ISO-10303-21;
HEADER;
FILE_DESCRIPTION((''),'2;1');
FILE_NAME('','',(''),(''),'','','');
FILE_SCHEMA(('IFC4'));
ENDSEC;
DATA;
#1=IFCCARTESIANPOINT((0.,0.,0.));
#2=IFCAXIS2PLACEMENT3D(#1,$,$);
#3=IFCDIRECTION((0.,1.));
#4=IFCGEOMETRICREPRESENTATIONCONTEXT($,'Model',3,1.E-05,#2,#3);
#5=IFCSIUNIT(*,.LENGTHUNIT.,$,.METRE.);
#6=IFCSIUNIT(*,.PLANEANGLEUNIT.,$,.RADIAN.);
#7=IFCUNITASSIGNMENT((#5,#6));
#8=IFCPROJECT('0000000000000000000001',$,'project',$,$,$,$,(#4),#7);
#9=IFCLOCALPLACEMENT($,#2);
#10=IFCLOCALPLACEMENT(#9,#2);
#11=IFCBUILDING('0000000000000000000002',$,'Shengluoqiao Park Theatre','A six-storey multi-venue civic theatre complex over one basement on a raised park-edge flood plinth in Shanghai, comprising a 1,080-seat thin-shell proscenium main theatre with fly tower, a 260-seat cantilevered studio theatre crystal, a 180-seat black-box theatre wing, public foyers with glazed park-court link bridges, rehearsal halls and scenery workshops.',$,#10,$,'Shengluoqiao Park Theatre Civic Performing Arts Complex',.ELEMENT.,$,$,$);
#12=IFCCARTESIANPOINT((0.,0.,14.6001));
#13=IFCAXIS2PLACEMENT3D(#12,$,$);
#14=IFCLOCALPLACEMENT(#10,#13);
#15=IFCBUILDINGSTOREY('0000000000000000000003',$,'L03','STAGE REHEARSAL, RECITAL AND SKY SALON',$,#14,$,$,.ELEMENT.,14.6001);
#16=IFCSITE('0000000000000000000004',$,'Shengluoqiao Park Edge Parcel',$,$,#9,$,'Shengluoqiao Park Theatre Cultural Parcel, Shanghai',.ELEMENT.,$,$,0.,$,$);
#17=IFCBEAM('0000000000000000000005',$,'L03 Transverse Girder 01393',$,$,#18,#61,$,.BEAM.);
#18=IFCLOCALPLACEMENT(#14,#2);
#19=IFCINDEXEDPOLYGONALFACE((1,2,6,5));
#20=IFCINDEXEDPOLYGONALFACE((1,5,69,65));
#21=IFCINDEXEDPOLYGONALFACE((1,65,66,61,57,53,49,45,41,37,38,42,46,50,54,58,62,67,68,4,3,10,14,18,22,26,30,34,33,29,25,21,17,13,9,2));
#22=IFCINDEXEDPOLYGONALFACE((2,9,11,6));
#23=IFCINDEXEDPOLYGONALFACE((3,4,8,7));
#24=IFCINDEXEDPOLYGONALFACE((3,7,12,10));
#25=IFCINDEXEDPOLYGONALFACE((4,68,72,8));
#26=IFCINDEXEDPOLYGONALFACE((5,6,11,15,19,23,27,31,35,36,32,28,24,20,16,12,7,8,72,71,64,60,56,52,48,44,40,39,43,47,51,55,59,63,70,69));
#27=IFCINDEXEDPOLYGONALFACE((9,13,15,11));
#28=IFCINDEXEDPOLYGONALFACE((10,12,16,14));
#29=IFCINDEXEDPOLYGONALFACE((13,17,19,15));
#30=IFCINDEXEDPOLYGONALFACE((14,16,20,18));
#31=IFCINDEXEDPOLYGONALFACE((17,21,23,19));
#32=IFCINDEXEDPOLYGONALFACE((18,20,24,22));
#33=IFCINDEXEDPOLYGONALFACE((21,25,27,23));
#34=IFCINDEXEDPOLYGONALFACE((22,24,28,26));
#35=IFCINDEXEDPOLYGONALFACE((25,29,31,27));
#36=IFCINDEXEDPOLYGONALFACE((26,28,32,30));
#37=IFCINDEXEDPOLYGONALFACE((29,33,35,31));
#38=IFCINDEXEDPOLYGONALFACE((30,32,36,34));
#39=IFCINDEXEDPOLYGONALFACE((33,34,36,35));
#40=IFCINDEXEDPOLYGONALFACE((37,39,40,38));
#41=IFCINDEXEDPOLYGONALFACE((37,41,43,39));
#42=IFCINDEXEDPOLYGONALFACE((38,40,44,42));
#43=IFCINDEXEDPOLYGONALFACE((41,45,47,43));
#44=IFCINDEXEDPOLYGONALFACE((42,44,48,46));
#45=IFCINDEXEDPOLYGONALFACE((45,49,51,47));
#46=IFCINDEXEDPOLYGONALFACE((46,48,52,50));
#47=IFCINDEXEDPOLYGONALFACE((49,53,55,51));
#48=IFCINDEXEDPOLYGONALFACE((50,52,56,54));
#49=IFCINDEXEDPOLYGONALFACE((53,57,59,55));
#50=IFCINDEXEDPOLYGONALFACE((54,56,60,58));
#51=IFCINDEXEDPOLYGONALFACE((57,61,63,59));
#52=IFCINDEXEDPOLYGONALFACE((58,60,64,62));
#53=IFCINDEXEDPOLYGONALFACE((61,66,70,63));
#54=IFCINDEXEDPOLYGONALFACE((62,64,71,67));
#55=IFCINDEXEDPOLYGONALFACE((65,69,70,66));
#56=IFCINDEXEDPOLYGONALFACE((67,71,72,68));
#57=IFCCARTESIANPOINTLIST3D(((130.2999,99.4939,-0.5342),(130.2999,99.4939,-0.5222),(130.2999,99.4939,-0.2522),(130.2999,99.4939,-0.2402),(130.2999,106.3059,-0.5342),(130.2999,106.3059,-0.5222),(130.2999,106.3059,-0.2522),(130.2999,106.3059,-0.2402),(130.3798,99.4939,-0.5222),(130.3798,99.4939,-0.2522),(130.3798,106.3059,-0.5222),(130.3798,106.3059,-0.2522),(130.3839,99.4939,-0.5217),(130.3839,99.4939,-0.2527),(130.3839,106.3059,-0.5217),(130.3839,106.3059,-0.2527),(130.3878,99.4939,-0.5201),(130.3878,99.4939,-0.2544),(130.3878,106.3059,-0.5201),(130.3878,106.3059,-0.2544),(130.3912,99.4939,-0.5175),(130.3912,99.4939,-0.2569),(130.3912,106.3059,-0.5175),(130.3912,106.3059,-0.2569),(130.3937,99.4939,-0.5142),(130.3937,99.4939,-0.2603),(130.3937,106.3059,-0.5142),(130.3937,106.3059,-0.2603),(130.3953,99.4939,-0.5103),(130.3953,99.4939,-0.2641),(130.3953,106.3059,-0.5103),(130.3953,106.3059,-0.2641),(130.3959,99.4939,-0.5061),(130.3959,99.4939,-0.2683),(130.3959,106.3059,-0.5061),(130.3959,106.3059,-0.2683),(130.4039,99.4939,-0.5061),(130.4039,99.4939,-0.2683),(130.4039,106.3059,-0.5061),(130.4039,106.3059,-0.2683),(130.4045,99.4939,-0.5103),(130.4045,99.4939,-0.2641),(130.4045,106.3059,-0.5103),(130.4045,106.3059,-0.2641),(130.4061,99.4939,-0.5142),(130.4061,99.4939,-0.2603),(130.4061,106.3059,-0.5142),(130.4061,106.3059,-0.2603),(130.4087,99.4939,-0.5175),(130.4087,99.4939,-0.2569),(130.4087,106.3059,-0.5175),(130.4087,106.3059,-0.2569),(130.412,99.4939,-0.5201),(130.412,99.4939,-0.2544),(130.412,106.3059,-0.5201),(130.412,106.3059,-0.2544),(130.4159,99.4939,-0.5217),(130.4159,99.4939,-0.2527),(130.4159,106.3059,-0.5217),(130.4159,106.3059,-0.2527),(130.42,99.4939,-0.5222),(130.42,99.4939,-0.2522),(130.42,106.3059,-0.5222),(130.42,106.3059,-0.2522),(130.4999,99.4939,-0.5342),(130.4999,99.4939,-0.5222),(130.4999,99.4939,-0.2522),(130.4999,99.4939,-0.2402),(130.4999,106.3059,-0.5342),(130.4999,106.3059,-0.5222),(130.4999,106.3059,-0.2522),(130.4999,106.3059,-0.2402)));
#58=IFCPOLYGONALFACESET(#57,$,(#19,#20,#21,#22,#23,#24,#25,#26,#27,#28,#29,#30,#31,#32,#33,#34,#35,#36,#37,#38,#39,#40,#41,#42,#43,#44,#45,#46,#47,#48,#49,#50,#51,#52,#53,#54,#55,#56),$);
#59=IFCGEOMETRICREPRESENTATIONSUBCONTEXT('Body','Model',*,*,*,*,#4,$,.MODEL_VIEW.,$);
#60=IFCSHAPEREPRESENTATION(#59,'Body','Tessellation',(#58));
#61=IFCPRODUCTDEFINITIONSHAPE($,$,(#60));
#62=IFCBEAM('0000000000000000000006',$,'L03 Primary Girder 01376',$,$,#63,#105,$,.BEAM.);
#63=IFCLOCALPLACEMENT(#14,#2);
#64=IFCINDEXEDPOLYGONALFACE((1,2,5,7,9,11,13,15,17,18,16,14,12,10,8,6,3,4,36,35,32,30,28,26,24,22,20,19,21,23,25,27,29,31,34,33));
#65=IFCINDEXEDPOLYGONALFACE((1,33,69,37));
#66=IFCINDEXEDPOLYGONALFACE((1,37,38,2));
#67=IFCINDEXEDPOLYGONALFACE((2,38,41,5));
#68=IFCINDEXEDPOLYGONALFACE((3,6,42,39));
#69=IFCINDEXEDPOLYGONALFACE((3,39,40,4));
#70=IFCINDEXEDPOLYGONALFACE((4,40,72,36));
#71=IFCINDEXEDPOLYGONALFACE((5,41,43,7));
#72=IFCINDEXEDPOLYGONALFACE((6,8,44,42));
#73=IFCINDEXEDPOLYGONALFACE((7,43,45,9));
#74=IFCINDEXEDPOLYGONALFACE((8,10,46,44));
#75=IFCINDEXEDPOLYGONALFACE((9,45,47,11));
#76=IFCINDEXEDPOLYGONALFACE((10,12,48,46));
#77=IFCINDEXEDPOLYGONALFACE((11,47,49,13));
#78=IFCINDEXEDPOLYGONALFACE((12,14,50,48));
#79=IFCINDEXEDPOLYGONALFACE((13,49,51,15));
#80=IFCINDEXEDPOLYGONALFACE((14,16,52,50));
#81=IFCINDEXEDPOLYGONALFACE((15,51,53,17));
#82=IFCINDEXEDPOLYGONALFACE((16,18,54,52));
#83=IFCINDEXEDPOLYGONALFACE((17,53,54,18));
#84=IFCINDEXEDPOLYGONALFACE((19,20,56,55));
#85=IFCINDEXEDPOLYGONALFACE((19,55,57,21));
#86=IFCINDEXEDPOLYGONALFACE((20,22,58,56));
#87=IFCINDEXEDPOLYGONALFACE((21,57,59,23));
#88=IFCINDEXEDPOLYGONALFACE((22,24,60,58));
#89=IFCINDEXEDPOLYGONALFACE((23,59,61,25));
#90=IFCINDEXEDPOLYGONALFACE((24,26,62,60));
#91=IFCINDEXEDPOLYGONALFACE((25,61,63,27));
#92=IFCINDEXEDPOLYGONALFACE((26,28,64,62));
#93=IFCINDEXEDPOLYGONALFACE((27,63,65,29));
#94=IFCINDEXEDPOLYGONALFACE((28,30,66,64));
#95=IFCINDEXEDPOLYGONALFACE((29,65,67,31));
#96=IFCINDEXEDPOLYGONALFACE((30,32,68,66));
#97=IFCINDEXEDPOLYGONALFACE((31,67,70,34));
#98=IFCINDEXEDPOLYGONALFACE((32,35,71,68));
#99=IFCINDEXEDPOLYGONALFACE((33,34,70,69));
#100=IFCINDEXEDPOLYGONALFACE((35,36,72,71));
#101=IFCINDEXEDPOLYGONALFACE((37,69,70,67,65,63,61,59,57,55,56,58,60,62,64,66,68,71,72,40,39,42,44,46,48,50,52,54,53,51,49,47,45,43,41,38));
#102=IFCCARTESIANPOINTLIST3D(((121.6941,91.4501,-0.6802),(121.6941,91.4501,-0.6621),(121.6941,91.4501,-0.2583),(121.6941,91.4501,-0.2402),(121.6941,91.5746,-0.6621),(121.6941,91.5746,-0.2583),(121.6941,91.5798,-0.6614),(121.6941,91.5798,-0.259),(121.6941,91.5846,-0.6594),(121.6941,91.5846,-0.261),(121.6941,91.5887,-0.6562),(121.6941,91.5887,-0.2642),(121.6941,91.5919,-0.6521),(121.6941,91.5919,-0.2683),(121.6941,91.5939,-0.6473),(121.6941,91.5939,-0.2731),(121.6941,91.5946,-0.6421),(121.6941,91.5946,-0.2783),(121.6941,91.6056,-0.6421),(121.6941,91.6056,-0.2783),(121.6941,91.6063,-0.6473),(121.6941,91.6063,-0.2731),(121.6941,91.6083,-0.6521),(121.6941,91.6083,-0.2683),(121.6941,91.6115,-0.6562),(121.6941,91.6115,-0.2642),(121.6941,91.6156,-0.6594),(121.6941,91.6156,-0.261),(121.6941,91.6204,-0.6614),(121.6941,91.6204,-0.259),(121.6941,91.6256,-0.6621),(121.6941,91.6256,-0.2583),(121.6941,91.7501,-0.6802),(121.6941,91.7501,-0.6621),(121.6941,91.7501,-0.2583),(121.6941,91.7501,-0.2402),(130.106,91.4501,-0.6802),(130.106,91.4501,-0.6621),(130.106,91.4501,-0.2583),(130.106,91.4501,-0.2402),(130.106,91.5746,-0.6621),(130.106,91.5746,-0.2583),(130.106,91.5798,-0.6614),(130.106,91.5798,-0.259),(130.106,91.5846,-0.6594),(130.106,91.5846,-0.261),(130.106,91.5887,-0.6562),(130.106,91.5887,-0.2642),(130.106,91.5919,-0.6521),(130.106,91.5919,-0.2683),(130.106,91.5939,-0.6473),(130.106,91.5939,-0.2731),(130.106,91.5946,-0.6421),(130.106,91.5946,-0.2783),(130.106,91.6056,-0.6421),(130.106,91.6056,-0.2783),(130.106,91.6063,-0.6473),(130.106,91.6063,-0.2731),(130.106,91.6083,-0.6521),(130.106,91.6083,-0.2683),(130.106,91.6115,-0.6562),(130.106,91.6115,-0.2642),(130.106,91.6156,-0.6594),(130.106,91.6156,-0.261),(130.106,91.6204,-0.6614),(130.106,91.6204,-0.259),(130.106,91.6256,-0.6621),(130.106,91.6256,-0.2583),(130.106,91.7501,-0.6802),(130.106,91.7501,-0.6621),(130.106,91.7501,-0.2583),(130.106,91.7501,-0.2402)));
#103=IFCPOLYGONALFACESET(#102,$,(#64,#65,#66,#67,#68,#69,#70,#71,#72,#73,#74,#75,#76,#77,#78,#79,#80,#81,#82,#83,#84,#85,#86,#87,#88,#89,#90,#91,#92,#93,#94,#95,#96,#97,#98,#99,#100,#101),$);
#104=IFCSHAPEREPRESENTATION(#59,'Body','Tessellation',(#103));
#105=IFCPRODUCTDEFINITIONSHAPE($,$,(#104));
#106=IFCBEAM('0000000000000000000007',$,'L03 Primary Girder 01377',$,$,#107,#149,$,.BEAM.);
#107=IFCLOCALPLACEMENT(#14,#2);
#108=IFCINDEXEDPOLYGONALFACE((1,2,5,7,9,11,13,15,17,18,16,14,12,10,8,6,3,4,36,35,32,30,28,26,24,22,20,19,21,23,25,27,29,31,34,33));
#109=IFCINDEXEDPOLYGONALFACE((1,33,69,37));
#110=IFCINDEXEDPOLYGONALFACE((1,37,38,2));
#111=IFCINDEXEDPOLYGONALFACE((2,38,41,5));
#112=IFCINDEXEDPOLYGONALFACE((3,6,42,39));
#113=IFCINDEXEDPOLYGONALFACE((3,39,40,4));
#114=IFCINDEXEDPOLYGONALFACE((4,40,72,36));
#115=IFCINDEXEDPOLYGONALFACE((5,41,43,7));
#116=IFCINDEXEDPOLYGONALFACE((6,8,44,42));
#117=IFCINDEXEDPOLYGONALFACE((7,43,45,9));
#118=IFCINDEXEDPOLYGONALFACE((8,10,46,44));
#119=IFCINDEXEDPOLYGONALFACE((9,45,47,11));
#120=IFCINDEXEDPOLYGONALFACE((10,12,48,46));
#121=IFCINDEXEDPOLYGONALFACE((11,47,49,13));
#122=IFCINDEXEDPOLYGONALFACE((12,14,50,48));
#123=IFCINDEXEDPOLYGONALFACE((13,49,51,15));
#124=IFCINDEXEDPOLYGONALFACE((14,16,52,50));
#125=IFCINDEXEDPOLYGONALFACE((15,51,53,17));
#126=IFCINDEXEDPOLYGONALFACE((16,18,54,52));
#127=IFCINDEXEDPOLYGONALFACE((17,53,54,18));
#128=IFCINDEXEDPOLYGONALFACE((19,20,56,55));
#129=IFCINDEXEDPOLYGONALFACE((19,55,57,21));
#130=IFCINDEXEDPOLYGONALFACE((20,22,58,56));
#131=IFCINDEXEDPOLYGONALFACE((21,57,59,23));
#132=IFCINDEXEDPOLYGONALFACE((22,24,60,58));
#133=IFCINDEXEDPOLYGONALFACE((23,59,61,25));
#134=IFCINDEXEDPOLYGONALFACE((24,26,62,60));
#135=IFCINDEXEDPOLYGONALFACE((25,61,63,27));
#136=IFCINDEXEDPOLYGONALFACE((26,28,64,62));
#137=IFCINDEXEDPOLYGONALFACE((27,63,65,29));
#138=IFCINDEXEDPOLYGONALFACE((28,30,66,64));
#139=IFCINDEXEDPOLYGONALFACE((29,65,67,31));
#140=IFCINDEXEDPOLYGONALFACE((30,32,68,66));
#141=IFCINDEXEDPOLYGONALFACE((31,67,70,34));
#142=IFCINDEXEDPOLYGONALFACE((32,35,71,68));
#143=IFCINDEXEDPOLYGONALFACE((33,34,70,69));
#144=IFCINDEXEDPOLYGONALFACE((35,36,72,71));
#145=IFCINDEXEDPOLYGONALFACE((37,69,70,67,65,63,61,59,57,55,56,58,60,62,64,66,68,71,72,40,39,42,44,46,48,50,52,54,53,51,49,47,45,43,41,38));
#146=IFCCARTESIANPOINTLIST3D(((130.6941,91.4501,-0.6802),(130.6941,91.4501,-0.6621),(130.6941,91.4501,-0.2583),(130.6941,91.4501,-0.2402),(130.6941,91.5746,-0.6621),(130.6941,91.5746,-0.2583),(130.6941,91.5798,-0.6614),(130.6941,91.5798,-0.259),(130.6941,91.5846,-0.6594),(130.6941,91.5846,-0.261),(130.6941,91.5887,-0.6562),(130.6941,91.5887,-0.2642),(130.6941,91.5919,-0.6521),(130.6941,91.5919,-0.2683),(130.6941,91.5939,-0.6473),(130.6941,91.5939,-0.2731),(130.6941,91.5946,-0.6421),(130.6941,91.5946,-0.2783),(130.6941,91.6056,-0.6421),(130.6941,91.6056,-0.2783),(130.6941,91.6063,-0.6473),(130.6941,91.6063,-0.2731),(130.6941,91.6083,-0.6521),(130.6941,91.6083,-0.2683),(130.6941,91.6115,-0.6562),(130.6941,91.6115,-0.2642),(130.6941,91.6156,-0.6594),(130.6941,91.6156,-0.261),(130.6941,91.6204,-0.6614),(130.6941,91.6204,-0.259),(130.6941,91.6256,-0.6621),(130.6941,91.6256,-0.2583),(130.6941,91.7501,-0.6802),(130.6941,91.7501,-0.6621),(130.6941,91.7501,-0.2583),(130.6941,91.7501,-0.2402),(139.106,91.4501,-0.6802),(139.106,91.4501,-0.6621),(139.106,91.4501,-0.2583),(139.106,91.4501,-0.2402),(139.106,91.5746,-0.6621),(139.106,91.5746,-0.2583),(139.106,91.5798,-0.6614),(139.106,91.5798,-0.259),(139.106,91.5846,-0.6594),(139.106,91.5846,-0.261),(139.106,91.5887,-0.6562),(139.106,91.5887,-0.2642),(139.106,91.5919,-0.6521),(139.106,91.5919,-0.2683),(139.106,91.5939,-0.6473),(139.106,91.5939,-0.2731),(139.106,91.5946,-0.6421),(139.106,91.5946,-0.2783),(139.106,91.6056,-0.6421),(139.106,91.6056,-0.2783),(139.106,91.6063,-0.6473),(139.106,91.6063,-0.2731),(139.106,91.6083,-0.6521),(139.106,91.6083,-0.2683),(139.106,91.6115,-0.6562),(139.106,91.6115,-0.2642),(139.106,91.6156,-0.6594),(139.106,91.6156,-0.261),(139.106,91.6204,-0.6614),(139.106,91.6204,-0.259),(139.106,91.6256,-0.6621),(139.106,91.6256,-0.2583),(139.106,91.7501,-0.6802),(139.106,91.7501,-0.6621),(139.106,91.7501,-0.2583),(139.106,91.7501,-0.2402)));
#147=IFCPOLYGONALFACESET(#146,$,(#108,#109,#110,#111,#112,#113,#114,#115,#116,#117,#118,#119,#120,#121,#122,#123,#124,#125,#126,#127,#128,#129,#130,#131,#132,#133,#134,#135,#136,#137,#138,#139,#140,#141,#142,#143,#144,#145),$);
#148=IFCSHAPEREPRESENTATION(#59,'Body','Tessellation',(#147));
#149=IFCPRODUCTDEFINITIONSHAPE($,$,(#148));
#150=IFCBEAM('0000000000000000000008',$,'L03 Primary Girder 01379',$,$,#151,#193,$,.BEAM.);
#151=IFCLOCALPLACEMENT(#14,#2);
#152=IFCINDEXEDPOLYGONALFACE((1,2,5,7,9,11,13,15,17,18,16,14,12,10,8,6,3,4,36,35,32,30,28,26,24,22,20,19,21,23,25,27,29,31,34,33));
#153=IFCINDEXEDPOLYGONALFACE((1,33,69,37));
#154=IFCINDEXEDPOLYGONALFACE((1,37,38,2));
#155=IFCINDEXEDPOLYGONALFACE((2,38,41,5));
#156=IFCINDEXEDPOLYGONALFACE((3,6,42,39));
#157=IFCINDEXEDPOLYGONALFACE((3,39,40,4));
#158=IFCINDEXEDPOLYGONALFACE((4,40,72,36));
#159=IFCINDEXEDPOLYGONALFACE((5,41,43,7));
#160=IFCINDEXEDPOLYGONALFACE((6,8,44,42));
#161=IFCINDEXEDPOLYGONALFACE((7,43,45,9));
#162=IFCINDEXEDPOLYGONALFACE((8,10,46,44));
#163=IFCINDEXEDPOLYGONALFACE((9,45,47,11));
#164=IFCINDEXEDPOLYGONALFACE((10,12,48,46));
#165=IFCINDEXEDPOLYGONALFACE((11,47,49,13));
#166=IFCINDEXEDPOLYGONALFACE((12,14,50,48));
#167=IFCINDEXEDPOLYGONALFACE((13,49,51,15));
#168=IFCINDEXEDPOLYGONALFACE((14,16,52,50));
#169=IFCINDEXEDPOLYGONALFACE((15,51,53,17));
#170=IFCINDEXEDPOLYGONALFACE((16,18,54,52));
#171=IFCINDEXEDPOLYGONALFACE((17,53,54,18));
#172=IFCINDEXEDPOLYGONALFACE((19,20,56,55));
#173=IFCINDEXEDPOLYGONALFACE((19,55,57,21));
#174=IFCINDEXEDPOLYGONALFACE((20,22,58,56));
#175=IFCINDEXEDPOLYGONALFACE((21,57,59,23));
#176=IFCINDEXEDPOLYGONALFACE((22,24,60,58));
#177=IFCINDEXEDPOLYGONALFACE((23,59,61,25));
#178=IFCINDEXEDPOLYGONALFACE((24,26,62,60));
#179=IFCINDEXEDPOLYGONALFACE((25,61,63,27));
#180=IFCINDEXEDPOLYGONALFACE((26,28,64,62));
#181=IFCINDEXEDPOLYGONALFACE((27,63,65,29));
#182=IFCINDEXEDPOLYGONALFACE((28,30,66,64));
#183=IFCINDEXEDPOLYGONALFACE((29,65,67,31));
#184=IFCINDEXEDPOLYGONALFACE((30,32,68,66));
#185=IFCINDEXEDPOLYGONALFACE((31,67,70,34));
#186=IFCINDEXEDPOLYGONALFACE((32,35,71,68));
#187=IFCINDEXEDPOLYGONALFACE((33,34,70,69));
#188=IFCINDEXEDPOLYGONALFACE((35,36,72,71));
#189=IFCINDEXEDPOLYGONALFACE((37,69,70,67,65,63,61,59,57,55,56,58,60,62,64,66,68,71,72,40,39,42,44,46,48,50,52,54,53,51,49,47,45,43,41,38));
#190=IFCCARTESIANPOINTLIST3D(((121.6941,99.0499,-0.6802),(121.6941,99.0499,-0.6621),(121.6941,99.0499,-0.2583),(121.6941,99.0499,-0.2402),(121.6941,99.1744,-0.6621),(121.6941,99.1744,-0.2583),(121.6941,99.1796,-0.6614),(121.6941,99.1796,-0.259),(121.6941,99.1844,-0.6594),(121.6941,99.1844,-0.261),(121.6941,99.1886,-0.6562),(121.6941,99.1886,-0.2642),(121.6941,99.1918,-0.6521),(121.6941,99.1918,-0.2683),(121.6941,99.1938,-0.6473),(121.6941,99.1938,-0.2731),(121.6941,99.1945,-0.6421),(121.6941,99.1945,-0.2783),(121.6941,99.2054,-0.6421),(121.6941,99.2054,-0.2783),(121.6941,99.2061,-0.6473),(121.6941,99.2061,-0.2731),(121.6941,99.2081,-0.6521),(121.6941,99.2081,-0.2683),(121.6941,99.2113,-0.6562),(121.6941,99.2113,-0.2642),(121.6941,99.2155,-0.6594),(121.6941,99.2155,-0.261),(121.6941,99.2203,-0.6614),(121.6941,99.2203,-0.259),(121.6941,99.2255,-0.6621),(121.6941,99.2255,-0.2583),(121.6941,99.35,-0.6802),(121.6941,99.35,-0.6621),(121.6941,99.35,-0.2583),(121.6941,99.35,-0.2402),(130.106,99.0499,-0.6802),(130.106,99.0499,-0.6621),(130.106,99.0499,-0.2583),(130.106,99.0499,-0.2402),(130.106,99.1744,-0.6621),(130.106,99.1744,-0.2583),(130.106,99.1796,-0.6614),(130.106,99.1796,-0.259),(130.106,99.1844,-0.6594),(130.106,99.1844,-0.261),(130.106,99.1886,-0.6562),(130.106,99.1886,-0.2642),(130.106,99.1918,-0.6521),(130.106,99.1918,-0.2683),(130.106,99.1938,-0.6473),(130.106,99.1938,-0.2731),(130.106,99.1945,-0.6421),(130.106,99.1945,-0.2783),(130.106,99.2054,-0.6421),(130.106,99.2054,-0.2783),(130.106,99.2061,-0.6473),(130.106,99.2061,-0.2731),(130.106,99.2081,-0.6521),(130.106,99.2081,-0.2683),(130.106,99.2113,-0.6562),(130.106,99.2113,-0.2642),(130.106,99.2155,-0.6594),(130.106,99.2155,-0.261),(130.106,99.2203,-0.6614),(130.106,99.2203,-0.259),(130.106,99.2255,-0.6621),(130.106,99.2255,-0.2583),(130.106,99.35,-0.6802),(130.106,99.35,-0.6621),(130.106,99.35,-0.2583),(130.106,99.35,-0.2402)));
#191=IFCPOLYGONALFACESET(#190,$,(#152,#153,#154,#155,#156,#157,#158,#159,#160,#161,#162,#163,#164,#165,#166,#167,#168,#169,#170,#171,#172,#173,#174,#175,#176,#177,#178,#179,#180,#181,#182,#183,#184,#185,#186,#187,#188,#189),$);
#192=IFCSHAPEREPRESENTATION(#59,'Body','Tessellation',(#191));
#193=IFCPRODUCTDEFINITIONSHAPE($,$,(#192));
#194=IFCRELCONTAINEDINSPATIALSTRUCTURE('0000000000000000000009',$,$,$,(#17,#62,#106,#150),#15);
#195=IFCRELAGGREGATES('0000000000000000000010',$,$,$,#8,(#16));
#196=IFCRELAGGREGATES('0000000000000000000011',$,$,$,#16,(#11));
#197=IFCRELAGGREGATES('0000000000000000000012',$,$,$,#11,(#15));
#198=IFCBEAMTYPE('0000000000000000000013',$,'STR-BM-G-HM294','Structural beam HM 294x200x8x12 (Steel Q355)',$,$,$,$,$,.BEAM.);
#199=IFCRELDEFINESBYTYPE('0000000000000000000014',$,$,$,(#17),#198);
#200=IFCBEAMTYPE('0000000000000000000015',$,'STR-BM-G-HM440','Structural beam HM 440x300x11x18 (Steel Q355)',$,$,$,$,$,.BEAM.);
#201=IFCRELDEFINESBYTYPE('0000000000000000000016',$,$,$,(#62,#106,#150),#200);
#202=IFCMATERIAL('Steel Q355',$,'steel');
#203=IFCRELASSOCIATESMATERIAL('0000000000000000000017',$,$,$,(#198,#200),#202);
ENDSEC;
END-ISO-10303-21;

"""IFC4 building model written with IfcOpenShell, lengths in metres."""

from ifc_helpers import new_model, si_unit, direction, frame, origin, origin_2d, place, context, subcontext, project, spatial, i_section, extrude, material, material_profile, profile_set, type_object, element, save


model = new_model("IFC4")

# Units and contexts
model_context = context("Model", 3, precision=1e-05, world=origin(), true_north=direction((0.0, 1.0)))
body_context = subcontext(model_context, "Body", "Model", "MODEL_VIEW")
ifc_project = project(units=[si_unit("LENGTHUNIT", "METRE"), si_unit("PLANEANGLEUNIT", "RADIAN")], contexts=[model_context])

# Site, building, storey
site_placement = place(None, origin())
site = spatial("IfcSite", under=ifc_project, at=site_placement, Name="Shengluoqiao Park Edge Parcel", LongName="Shengluoqiao Park Theatre Cultural Parcel, Shanghai", CompositionType="ELEMENT", RefElevation=0.0)
building_placement = place(site_placement, origin())
building = spatial("IfcBuilding", under=site, at=building_placement, Name="Shengluoqiao Park Theatre", Description="A six-storey multi-venue civic theatre complex over one basement on a raised park-edge flood plinth in Shanghai, comprising a 1,080-seat thin-shell proscenium main theatre with fly tower, a 260-seat cantilevered studio theatre crystal, a 180-seat black-box theatre wing, public foyers with glazed park-court link bridges, rehearsal halls and scenery workshops.", LongName="Shengluoqiao Park Theatre Civic Performing Arts Complex", CompositionType="ELEMENT")
storey_placement = place(building_placement, frame((0.0, 0.0, 14.6001)))
storey = spatial("IfcBuildingStorey", under=building, at=storey_placement, Name="L03", Description="STAGE REHEARSAL, RECITAL AND SKY SALON", CompositionType="ELEMENT", Elevation=14.6001)

# Beams
ifc_material_1 = material(Name="Steel Q355", Category="steel")
ifc_material_profile_1 = material_profile(ifc_material_1, i_section(OverallWidth=0.2, OverallDepth=0.2939, WebThickness=0.0081, FlangeThickness=0.012, FilletRadius=0.0161, at=origin_2d()), Name="HM 294x200x8x12")
ifc_profile_set_1 = profile_set([ifc_material_profile_1], Name="Steel Q355")
beam_type_1 = type_object("IfcBeamType", Name="STR-BM-G-HM294", Description="Structural beam HM 294x200x8x12 (Steel Q355)", PredefinedType="BEAM", material=ifc_profile_set_1)
beam_1_placement = place(storey_placement, frame((130.3999, 99.4939, -0.3872), z_axis=(0.0, 1.0, 0.0), x_axis=(-1.0, 0.0, 0.0)))
element("IfcBeam", 1, at=beam_1_placement, inside=storey, type_object=beam_type_1, Name="L03 Transverse Girder 01393", PredefinedType="BEAM", context=body_context, shape_type="SweptSolid", body=[
    extrude(i_section(OverallWidth=0.2, OverallDepth=0.2939, WebThickness=0.0081, FlangeThickness=0.012, FilletRadius=0.0161, at=origin_2d()), origin(), (0.0, 0.0, 1.0), 6.812),
])
ifc_material_profile_2 = material_profile(ifc_material_1, i_section(OverallWidth=0.3, OverallDepth=0.4399, WebThickness=0.011, FlangeThickness=0.0181, FilletRadius=0.02, at=origin_2d()), Name="HM 440x300x11x18")
ifc_profile_set_2 = profile_set([ifc_material_profile_2], Name="Steel Q355")
beam_type_2 = type_object("IfcBeamType", Name="STR-BM-G-HM440", Description="Structural beam HM 440x300x11x18 (Steel Q355)", PredefinedType="BEAM", material=ifc_profile_set_2)
for number, where, z_axis, x_axis, name in (
    (2, (121.6941, 91.6001, -0.4602), (1.0, 0.0, 0.0), (0.0, 1.0, 0.0), "L03 Primary Girder 01376"),
    (3, (130.6941, 91.6001, -0.4602), (1.0, 0.0, 0.0), (0.0, 1.0, 0.0), "L03 Primary Girder 01377"),
    (4, (121.6941, 99.2, -0.4602), (1.0, 0.0, 0.0), (0.0, 1.0, 0.0), "L03 Primary Girder 01379"),
):
    element("IfcBeam", number, at=place(storey_placement, frame(where, z_axis=z_axis, x_axis=x_axis)), inside=storey, type_object=beam_type_2, Name=name, PredefinedType="BEAM", context=body_context, shape_type="SweptSolid", body=[
        extrude(i_section(OverallWidth=0.3, OverallDepth=0.4399, WebThickness=0.011, FlangeThickness=0.0181, FilletRadius=0.02, at=origin_2d()), origin(), (0.0, 0.0, 1.0), 8.4119),
    ])

save(model, "model.ifc")
